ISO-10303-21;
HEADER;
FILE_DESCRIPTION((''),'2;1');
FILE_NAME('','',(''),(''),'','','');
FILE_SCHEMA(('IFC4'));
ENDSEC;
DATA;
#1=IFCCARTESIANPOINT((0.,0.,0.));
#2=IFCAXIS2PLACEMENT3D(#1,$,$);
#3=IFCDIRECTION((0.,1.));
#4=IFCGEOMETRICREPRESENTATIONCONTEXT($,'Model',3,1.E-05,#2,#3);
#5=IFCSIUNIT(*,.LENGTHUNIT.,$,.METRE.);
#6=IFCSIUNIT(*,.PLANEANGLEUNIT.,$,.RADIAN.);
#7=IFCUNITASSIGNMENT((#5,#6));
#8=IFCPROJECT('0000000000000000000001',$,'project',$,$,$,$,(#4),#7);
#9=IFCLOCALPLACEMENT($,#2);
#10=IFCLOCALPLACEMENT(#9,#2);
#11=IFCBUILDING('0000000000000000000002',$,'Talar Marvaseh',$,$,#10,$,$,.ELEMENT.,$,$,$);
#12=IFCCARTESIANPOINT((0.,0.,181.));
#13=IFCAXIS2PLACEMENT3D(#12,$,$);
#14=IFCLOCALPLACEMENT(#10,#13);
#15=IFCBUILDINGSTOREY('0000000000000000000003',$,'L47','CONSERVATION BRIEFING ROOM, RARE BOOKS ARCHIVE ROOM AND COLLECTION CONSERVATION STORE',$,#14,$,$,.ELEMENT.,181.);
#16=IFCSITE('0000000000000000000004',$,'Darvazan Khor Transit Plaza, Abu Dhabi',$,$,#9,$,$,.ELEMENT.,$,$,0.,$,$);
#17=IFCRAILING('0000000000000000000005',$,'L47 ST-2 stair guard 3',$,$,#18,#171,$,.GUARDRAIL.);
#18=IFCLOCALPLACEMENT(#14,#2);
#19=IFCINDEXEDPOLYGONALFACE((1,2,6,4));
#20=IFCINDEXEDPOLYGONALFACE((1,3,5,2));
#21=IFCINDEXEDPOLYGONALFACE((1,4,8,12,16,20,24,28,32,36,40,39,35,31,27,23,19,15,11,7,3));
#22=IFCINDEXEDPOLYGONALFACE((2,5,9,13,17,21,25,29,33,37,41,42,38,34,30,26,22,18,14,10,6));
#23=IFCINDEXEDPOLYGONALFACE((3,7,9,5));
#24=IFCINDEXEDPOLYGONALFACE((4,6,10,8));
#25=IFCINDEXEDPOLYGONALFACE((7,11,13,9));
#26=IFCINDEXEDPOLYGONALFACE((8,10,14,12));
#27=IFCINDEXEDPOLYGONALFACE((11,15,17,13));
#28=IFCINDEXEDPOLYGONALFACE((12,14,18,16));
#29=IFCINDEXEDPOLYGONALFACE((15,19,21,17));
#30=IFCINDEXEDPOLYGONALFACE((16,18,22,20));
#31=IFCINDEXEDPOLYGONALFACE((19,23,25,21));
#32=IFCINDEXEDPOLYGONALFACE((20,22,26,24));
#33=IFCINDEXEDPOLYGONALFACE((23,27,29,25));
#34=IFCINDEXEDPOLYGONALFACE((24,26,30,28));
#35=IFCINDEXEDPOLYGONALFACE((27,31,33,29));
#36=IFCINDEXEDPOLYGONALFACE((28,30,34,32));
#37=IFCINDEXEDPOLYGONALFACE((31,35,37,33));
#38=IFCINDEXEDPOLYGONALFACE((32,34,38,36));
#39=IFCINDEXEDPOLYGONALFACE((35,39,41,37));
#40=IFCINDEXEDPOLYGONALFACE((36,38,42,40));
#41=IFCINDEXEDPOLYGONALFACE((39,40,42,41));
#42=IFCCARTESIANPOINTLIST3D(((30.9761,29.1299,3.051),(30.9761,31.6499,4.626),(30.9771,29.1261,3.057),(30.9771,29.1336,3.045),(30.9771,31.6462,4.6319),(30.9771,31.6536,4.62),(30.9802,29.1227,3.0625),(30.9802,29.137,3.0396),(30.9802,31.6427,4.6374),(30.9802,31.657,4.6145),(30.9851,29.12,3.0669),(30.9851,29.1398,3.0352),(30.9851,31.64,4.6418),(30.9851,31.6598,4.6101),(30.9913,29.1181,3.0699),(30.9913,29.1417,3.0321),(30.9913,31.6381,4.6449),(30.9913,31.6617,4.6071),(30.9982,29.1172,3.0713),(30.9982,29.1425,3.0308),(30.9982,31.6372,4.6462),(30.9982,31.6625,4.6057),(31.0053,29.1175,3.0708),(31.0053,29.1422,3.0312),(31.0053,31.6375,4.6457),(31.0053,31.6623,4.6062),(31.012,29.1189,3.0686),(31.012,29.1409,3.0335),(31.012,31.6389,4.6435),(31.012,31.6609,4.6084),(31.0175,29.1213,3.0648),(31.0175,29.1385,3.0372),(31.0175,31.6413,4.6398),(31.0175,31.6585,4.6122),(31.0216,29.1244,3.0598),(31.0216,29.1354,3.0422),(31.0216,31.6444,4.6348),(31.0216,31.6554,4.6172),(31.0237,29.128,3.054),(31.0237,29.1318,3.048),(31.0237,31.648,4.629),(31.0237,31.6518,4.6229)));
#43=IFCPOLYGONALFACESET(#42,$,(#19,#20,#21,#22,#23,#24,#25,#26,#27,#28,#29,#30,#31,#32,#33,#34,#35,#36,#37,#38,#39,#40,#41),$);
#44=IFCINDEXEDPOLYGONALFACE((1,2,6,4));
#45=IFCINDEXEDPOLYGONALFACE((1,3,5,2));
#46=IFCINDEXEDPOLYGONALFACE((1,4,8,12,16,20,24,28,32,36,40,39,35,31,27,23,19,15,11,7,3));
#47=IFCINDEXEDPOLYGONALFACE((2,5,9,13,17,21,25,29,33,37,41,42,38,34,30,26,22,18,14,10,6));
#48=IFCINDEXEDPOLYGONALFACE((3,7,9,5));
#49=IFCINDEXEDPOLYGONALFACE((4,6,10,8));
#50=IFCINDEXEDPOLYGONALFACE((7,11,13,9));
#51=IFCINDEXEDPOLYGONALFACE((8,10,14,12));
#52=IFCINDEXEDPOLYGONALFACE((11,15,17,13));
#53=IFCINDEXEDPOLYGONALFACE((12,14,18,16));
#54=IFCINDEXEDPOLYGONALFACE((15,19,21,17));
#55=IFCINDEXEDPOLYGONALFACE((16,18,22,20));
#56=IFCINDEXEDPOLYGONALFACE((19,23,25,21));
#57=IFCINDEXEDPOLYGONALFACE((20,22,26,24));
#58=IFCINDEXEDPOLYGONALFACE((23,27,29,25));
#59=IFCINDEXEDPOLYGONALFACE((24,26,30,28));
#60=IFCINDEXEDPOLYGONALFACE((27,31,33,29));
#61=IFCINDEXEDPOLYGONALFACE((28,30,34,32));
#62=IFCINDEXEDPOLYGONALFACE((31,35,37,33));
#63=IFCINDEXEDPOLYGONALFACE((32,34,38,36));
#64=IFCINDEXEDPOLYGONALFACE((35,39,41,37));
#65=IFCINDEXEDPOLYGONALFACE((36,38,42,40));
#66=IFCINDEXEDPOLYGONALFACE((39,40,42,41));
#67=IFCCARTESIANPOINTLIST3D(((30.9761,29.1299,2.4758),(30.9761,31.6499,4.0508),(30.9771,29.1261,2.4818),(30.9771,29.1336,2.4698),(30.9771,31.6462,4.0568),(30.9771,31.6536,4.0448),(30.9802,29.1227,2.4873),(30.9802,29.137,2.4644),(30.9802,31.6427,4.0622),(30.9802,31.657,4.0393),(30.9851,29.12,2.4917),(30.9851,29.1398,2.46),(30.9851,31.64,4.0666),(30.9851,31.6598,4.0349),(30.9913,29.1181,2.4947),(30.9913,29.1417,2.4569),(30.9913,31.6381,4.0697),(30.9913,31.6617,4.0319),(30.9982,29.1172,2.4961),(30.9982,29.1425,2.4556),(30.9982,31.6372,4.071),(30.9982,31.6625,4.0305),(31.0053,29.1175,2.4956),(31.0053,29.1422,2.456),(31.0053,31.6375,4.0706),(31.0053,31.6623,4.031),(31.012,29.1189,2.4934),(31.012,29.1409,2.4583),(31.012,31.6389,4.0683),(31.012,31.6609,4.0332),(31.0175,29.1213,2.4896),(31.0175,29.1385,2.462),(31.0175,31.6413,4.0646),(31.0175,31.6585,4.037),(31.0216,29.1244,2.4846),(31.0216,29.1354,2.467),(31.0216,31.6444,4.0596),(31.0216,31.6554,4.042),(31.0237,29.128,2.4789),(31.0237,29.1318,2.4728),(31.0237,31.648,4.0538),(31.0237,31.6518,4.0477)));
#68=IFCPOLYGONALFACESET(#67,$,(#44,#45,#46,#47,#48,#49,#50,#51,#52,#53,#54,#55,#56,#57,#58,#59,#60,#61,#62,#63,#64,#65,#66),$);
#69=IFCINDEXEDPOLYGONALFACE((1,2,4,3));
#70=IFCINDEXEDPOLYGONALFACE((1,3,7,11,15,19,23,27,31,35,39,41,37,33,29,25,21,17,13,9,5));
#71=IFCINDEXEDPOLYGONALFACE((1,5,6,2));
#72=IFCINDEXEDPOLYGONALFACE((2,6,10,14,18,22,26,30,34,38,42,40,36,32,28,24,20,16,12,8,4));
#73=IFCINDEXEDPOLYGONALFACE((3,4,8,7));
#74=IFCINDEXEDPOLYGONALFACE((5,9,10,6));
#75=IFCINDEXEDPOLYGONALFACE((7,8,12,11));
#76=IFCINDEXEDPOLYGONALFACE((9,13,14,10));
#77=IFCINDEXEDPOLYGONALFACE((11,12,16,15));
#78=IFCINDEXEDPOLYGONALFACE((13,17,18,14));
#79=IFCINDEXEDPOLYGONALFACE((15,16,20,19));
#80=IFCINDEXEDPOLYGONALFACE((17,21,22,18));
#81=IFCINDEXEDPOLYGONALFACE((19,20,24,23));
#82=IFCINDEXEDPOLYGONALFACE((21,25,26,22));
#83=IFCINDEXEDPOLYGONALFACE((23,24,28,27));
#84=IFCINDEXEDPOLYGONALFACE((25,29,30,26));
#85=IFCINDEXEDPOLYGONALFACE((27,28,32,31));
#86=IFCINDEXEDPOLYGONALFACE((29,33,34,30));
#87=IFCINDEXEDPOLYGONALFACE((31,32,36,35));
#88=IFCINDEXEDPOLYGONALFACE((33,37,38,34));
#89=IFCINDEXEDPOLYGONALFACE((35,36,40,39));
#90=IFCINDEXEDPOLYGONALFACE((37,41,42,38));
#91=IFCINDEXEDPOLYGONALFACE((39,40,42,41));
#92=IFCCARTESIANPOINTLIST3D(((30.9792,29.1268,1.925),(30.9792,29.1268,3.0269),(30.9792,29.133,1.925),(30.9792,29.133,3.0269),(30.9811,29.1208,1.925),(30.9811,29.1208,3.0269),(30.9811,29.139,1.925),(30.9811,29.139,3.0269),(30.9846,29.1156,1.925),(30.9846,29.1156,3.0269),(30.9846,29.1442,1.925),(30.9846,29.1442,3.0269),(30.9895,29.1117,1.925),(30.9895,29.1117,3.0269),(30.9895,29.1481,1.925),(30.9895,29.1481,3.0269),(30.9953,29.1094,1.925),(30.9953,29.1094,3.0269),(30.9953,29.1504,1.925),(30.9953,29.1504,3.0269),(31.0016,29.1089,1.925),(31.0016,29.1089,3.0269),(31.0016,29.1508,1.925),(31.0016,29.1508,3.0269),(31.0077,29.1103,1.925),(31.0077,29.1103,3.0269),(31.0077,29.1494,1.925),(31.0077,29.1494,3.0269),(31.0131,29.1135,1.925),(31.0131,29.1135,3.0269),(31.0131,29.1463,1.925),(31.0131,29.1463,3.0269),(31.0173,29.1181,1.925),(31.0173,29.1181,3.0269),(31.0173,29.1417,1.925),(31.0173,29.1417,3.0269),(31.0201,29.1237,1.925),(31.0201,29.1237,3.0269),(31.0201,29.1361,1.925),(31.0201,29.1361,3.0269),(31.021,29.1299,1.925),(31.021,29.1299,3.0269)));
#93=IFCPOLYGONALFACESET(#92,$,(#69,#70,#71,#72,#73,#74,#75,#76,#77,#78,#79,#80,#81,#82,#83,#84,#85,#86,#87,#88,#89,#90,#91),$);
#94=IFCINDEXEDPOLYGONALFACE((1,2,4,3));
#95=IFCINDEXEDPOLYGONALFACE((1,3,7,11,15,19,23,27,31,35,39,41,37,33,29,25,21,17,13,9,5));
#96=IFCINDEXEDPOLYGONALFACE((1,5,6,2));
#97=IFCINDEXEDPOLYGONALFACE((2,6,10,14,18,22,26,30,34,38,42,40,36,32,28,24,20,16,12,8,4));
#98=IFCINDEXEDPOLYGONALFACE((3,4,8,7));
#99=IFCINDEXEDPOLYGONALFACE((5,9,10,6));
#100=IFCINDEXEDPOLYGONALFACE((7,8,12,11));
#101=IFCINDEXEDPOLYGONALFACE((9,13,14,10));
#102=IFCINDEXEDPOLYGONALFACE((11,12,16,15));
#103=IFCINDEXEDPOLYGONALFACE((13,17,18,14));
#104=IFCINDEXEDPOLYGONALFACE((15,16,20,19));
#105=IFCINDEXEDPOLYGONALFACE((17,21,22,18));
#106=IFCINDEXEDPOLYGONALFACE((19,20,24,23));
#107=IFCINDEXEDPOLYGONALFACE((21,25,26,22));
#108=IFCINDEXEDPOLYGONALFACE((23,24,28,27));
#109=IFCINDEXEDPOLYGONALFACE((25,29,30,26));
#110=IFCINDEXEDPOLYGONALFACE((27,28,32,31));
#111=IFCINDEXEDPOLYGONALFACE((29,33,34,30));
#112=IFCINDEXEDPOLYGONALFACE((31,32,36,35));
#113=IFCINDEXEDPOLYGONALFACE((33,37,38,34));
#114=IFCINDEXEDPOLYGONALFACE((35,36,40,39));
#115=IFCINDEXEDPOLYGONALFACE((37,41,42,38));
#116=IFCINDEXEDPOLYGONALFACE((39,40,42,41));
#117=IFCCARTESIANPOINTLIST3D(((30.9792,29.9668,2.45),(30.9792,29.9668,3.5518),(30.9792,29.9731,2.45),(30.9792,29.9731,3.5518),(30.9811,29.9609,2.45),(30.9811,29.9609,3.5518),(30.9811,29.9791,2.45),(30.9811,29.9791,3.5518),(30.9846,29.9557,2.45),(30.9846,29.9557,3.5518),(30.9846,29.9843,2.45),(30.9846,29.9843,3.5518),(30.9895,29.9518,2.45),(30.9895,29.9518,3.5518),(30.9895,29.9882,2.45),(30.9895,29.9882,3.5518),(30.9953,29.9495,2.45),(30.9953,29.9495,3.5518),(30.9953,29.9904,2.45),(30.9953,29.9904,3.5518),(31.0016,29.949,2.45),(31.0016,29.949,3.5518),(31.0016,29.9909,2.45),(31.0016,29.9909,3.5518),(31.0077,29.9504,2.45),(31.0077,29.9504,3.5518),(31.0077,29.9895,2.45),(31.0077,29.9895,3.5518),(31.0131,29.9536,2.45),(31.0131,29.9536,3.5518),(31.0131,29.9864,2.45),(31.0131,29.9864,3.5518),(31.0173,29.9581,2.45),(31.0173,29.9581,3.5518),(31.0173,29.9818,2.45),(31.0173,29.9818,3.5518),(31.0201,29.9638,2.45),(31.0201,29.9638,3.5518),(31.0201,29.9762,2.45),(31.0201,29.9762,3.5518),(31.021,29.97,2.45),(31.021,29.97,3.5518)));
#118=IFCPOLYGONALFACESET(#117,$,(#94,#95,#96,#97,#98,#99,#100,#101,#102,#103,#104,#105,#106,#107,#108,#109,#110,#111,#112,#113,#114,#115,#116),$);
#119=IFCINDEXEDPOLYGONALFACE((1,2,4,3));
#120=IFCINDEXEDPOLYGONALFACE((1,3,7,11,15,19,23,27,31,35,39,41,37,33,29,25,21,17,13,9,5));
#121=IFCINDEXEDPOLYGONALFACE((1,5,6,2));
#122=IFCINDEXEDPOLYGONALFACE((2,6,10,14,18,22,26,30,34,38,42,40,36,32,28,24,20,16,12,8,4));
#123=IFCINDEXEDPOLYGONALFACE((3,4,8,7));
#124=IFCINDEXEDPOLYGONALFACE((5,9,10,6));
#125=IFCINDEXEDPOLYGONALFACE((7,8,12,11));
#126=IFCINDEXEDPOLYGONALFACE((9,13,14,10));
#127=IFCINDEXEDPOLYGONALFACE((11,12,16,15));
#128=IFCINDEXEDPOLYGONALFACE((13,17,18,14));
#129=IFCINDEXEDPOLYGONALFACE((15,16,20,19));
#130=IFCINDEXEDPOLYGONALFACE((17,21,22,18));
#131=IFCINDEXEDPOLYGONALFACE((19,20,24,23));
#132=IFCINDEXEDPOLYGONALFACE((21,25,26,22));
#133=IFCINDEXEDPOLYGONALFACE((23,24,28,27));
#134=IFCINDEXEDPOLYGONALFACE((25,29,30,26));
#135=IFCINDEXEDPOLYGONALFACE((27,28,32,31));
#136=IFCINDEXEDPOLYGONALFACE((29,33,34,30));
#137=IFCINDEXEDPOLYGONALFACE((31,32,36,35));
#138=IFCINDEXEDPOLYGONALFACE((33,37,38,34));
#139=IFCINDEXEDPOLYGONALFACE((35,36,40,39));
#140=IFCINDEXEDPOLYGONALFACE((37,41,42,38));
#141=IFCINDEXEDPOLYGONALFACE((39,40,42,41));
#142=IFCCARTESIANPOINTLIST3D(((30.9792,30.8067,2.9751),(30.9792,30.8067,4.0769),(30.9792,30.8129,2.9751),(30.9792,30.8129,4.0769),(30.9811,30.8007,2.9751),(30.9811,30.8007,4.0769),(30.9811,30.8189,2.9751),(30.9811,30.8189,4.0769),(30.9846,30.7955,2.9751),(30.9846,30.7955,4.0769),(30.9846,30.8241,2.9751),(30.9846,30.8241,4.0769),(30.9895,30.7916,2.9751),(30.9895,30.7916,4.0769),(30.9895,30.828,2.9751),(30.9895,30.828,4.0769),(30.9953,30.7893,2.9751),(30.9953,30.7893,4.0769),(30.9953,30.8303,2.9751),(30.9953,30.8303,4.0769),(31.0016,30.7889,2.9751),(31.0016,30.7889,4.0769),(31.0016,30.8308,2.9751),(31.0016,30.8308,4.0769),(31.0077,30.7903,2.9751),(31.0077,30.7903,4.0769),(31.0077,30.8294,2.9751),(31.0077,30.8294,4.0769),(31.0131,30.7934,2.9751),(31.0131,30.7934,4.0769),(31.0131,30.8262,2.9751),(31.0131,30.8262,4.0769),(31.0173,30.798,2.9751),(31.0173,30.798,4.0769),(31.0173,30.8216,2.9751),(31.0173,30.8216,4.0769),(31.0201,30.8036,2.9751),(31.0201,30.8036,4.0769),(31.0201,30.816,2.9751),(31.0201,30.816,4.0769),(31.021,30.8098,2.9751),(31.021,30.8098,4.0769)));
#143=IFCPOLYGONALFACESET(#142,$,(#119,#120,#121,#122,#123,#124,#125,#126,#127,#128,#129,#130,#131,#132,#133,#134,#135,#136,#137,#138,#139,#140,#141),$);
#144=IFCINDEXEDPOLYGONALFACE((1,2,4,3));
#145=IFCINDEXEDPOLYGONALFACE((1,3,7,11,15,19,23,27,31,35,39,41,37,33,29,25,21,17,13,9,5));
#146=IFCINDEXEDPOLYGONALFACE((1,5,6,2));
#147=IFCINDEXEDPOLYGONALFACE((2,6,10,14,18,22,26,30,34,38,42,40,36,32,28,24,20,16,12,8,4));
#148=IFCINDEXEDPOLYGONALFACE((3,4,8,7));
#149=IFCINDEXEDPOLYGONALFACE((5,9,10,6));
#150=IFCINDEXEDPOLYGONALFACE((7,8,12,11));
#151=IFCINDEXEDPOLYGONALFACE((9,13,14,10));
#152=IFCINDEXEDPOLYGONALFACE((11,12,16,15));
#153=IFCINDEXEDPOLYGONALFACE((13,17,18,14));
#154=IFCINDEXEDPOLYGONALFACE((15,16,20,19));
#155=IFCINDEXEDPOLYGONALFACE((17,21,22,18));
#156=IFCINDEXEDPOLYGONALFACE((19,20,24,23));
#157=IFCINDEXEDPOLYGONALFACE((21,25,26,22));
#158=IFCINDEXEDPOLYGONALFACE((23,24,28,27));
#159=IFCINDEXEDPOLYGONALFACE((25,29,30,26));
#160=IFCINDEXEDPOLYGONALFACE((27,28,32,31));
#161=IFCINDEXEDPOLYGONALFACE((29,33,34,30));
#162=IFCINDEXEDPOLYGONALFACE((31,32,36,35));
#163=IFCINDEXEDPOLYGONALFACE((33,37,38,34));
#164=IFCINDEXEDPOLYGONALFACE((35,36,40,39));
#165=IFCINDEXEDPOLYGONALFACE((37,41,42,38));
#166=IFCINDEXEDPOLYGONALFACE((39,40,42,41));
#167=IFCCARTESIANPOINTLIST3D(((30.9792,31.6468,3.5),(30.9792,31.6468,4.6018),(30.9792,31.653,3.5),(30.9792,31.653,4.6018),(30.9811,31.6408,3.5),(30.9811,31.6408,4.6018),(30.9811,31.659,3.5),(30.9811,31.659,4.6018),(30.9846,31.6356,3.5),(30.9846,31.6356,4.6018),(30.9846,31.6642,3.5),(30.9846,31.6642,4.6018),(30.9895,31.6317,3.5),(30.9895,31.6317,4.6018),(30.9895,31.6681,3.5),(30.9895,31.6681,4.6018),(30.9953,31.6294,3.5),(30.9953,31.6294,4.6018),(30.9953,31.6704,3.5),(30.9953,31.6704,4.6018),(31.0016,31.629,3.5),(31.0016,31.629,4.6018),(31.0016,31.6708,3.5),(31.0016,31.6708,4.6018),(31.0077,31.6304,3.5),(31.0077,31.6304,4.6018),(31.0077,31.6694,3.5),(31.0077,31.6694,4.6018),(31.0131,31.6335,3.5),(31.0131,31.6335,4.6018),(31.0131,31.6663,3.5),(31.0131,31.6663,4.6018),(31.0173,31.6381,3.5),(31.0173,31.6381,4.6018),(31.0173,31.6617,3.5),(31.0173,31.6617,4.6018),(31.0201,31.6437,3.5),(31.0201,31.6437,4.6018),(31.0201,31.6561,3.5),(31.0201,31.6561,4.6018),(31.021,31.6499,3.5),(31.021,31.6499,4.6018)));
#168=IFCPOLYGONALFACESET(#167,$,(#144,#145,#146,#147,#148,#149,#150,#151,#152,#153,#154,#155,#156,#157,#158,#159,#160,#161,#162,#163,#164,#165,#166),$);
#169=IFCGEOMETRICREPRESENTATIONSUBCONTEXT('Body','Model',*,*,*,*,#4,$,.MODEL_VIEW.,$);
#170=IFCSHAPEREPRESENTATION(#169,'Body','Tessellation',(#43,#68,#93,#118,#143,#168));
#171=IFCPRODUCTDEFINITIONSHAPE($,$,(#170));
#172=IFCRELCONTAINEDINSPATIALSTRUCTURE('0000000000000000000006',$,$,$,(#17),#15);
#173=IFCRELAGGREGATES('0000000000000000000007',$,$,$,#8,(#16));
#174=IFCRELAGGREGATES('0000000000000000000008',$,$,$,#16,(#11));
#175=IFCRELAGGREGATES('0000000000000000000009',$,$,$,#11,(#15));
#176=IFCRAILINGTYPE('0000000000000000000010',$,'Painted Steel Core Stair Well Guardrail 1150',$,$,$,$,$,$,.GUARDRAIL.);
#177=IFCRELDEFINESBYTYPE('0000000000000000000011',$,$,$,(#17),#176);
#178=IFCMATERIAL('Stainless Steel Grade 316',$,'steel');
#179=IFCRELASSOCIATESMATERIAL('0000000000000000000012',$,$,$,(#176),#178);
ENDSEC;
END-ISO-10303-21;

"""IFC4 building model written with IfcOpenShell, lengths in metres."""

from ifc_helpers import new_model, si_unit, direction, frame, origin, origin_2d, place, context, subcontext, project, spatial, circle, extrude, material, type_object, element, save


model = new_model("IFC4")

# Units and contexts
model_context = context("Model", 3, precision=1e-05, world=origin(), true_north=direction((0.0, 1.0)))
body_context = subcontext(model_context, "Body", "Model", "MODEL_VIEW")
ifc_project = project(units=[si_unit("LENGTHUNIT", "METRE"), si_unit("PLANEANGLEUNIT", "RADIAN")], contexts=[model_context])

# Site, building, storey
site_placement = place(None, origin())
site = spatial("IfcSite", under=ifc_project, at=site_placement, Name="Darvazan Khor Transit Plaza, Abu Dhabi", CompositionType="ELEMENT", RefElevation=0.0)
building_placement = place(site_placement, origin())
building = spatial("IfcBuilding", under=site, at=building_placement, Name="Talar Marvaseh", CompositionType="ELEMENT")
storey_placement = place(building_placement, frame((0.0, 0.0, 181.0)))
storey = spatial("IfcBuildingStorey", under=building, at=storey_placement, Name="L47", Description="CONSERVATION BRIEFING ROOM, RARE BOOKS ARCHIVE ROOM AND COLLECTION CONSERVATION STORE", CompositionType="ELEMENT", Elevation=181.0)

# Shared definitions
ifc_material_1 = material(Name="Stainless Steel Grade 316", Category="steel")

# Railing
railing_type_1 = type_object("IfcRailingType", Name="Painted Steel Core Stair Well Guardrail 1150", PredefinedType="GUARDRAIL", material=ifc_material_1)
railing_1_placement = place(storey_placement, frame((31.0, 29.1299, 1.925)))
element("IfcRailing", 1, at=railing_1_placement, inside=storey, type_object=railing_type_1, Name="L47 ST-2 stair guard 3", PredefinedType="GUARDRAIL", context=body_context, shape_type="SweptSolid", body=[
    extrude(circle(Radius=0.0239, at=origin_2d()), frame((0.0, 0.0, 1.126), z_axis=(0.0, 0.848008, 0.529984), x_axis=(-1.0, 0.0, 0.0)), (0.0, 0.0, 1.0), 2.9717),
    extrude(circle(Radius=0.0239, at=origin_2d()), frame((0.0, 0.0, 0.5508), z_axis=(0.0, 0.848008, 0.529984), x_axis=(-1.0, 0.0, 0.0)), (0.0, 0.0, 1.0), 2.9717),
    extrude(circle(Radius=0.021, at=origin_2d()), origin(), (0.0, 0.0, 1.0), 1.1018),
    extrude(circle(Radius=0.021, at=origin_2d()), frame((0.0, 0.8401, 0.5249)), (0.0, 0.0, 1.0), 1.1018),
    extrude(circle(Radius=0.021, at=origin_2d()), frame((0.0, 1.6799, 1.05)), (0.0, 0.0, 1.0), 1.1018),
    extrude(circle(Radius=0.021, at=origin_2d()), frame((0.0, 2.52, 1.575)), (0.0, 0.0, 1.0), 1.1018),
])

save(model, "model.ifc")
